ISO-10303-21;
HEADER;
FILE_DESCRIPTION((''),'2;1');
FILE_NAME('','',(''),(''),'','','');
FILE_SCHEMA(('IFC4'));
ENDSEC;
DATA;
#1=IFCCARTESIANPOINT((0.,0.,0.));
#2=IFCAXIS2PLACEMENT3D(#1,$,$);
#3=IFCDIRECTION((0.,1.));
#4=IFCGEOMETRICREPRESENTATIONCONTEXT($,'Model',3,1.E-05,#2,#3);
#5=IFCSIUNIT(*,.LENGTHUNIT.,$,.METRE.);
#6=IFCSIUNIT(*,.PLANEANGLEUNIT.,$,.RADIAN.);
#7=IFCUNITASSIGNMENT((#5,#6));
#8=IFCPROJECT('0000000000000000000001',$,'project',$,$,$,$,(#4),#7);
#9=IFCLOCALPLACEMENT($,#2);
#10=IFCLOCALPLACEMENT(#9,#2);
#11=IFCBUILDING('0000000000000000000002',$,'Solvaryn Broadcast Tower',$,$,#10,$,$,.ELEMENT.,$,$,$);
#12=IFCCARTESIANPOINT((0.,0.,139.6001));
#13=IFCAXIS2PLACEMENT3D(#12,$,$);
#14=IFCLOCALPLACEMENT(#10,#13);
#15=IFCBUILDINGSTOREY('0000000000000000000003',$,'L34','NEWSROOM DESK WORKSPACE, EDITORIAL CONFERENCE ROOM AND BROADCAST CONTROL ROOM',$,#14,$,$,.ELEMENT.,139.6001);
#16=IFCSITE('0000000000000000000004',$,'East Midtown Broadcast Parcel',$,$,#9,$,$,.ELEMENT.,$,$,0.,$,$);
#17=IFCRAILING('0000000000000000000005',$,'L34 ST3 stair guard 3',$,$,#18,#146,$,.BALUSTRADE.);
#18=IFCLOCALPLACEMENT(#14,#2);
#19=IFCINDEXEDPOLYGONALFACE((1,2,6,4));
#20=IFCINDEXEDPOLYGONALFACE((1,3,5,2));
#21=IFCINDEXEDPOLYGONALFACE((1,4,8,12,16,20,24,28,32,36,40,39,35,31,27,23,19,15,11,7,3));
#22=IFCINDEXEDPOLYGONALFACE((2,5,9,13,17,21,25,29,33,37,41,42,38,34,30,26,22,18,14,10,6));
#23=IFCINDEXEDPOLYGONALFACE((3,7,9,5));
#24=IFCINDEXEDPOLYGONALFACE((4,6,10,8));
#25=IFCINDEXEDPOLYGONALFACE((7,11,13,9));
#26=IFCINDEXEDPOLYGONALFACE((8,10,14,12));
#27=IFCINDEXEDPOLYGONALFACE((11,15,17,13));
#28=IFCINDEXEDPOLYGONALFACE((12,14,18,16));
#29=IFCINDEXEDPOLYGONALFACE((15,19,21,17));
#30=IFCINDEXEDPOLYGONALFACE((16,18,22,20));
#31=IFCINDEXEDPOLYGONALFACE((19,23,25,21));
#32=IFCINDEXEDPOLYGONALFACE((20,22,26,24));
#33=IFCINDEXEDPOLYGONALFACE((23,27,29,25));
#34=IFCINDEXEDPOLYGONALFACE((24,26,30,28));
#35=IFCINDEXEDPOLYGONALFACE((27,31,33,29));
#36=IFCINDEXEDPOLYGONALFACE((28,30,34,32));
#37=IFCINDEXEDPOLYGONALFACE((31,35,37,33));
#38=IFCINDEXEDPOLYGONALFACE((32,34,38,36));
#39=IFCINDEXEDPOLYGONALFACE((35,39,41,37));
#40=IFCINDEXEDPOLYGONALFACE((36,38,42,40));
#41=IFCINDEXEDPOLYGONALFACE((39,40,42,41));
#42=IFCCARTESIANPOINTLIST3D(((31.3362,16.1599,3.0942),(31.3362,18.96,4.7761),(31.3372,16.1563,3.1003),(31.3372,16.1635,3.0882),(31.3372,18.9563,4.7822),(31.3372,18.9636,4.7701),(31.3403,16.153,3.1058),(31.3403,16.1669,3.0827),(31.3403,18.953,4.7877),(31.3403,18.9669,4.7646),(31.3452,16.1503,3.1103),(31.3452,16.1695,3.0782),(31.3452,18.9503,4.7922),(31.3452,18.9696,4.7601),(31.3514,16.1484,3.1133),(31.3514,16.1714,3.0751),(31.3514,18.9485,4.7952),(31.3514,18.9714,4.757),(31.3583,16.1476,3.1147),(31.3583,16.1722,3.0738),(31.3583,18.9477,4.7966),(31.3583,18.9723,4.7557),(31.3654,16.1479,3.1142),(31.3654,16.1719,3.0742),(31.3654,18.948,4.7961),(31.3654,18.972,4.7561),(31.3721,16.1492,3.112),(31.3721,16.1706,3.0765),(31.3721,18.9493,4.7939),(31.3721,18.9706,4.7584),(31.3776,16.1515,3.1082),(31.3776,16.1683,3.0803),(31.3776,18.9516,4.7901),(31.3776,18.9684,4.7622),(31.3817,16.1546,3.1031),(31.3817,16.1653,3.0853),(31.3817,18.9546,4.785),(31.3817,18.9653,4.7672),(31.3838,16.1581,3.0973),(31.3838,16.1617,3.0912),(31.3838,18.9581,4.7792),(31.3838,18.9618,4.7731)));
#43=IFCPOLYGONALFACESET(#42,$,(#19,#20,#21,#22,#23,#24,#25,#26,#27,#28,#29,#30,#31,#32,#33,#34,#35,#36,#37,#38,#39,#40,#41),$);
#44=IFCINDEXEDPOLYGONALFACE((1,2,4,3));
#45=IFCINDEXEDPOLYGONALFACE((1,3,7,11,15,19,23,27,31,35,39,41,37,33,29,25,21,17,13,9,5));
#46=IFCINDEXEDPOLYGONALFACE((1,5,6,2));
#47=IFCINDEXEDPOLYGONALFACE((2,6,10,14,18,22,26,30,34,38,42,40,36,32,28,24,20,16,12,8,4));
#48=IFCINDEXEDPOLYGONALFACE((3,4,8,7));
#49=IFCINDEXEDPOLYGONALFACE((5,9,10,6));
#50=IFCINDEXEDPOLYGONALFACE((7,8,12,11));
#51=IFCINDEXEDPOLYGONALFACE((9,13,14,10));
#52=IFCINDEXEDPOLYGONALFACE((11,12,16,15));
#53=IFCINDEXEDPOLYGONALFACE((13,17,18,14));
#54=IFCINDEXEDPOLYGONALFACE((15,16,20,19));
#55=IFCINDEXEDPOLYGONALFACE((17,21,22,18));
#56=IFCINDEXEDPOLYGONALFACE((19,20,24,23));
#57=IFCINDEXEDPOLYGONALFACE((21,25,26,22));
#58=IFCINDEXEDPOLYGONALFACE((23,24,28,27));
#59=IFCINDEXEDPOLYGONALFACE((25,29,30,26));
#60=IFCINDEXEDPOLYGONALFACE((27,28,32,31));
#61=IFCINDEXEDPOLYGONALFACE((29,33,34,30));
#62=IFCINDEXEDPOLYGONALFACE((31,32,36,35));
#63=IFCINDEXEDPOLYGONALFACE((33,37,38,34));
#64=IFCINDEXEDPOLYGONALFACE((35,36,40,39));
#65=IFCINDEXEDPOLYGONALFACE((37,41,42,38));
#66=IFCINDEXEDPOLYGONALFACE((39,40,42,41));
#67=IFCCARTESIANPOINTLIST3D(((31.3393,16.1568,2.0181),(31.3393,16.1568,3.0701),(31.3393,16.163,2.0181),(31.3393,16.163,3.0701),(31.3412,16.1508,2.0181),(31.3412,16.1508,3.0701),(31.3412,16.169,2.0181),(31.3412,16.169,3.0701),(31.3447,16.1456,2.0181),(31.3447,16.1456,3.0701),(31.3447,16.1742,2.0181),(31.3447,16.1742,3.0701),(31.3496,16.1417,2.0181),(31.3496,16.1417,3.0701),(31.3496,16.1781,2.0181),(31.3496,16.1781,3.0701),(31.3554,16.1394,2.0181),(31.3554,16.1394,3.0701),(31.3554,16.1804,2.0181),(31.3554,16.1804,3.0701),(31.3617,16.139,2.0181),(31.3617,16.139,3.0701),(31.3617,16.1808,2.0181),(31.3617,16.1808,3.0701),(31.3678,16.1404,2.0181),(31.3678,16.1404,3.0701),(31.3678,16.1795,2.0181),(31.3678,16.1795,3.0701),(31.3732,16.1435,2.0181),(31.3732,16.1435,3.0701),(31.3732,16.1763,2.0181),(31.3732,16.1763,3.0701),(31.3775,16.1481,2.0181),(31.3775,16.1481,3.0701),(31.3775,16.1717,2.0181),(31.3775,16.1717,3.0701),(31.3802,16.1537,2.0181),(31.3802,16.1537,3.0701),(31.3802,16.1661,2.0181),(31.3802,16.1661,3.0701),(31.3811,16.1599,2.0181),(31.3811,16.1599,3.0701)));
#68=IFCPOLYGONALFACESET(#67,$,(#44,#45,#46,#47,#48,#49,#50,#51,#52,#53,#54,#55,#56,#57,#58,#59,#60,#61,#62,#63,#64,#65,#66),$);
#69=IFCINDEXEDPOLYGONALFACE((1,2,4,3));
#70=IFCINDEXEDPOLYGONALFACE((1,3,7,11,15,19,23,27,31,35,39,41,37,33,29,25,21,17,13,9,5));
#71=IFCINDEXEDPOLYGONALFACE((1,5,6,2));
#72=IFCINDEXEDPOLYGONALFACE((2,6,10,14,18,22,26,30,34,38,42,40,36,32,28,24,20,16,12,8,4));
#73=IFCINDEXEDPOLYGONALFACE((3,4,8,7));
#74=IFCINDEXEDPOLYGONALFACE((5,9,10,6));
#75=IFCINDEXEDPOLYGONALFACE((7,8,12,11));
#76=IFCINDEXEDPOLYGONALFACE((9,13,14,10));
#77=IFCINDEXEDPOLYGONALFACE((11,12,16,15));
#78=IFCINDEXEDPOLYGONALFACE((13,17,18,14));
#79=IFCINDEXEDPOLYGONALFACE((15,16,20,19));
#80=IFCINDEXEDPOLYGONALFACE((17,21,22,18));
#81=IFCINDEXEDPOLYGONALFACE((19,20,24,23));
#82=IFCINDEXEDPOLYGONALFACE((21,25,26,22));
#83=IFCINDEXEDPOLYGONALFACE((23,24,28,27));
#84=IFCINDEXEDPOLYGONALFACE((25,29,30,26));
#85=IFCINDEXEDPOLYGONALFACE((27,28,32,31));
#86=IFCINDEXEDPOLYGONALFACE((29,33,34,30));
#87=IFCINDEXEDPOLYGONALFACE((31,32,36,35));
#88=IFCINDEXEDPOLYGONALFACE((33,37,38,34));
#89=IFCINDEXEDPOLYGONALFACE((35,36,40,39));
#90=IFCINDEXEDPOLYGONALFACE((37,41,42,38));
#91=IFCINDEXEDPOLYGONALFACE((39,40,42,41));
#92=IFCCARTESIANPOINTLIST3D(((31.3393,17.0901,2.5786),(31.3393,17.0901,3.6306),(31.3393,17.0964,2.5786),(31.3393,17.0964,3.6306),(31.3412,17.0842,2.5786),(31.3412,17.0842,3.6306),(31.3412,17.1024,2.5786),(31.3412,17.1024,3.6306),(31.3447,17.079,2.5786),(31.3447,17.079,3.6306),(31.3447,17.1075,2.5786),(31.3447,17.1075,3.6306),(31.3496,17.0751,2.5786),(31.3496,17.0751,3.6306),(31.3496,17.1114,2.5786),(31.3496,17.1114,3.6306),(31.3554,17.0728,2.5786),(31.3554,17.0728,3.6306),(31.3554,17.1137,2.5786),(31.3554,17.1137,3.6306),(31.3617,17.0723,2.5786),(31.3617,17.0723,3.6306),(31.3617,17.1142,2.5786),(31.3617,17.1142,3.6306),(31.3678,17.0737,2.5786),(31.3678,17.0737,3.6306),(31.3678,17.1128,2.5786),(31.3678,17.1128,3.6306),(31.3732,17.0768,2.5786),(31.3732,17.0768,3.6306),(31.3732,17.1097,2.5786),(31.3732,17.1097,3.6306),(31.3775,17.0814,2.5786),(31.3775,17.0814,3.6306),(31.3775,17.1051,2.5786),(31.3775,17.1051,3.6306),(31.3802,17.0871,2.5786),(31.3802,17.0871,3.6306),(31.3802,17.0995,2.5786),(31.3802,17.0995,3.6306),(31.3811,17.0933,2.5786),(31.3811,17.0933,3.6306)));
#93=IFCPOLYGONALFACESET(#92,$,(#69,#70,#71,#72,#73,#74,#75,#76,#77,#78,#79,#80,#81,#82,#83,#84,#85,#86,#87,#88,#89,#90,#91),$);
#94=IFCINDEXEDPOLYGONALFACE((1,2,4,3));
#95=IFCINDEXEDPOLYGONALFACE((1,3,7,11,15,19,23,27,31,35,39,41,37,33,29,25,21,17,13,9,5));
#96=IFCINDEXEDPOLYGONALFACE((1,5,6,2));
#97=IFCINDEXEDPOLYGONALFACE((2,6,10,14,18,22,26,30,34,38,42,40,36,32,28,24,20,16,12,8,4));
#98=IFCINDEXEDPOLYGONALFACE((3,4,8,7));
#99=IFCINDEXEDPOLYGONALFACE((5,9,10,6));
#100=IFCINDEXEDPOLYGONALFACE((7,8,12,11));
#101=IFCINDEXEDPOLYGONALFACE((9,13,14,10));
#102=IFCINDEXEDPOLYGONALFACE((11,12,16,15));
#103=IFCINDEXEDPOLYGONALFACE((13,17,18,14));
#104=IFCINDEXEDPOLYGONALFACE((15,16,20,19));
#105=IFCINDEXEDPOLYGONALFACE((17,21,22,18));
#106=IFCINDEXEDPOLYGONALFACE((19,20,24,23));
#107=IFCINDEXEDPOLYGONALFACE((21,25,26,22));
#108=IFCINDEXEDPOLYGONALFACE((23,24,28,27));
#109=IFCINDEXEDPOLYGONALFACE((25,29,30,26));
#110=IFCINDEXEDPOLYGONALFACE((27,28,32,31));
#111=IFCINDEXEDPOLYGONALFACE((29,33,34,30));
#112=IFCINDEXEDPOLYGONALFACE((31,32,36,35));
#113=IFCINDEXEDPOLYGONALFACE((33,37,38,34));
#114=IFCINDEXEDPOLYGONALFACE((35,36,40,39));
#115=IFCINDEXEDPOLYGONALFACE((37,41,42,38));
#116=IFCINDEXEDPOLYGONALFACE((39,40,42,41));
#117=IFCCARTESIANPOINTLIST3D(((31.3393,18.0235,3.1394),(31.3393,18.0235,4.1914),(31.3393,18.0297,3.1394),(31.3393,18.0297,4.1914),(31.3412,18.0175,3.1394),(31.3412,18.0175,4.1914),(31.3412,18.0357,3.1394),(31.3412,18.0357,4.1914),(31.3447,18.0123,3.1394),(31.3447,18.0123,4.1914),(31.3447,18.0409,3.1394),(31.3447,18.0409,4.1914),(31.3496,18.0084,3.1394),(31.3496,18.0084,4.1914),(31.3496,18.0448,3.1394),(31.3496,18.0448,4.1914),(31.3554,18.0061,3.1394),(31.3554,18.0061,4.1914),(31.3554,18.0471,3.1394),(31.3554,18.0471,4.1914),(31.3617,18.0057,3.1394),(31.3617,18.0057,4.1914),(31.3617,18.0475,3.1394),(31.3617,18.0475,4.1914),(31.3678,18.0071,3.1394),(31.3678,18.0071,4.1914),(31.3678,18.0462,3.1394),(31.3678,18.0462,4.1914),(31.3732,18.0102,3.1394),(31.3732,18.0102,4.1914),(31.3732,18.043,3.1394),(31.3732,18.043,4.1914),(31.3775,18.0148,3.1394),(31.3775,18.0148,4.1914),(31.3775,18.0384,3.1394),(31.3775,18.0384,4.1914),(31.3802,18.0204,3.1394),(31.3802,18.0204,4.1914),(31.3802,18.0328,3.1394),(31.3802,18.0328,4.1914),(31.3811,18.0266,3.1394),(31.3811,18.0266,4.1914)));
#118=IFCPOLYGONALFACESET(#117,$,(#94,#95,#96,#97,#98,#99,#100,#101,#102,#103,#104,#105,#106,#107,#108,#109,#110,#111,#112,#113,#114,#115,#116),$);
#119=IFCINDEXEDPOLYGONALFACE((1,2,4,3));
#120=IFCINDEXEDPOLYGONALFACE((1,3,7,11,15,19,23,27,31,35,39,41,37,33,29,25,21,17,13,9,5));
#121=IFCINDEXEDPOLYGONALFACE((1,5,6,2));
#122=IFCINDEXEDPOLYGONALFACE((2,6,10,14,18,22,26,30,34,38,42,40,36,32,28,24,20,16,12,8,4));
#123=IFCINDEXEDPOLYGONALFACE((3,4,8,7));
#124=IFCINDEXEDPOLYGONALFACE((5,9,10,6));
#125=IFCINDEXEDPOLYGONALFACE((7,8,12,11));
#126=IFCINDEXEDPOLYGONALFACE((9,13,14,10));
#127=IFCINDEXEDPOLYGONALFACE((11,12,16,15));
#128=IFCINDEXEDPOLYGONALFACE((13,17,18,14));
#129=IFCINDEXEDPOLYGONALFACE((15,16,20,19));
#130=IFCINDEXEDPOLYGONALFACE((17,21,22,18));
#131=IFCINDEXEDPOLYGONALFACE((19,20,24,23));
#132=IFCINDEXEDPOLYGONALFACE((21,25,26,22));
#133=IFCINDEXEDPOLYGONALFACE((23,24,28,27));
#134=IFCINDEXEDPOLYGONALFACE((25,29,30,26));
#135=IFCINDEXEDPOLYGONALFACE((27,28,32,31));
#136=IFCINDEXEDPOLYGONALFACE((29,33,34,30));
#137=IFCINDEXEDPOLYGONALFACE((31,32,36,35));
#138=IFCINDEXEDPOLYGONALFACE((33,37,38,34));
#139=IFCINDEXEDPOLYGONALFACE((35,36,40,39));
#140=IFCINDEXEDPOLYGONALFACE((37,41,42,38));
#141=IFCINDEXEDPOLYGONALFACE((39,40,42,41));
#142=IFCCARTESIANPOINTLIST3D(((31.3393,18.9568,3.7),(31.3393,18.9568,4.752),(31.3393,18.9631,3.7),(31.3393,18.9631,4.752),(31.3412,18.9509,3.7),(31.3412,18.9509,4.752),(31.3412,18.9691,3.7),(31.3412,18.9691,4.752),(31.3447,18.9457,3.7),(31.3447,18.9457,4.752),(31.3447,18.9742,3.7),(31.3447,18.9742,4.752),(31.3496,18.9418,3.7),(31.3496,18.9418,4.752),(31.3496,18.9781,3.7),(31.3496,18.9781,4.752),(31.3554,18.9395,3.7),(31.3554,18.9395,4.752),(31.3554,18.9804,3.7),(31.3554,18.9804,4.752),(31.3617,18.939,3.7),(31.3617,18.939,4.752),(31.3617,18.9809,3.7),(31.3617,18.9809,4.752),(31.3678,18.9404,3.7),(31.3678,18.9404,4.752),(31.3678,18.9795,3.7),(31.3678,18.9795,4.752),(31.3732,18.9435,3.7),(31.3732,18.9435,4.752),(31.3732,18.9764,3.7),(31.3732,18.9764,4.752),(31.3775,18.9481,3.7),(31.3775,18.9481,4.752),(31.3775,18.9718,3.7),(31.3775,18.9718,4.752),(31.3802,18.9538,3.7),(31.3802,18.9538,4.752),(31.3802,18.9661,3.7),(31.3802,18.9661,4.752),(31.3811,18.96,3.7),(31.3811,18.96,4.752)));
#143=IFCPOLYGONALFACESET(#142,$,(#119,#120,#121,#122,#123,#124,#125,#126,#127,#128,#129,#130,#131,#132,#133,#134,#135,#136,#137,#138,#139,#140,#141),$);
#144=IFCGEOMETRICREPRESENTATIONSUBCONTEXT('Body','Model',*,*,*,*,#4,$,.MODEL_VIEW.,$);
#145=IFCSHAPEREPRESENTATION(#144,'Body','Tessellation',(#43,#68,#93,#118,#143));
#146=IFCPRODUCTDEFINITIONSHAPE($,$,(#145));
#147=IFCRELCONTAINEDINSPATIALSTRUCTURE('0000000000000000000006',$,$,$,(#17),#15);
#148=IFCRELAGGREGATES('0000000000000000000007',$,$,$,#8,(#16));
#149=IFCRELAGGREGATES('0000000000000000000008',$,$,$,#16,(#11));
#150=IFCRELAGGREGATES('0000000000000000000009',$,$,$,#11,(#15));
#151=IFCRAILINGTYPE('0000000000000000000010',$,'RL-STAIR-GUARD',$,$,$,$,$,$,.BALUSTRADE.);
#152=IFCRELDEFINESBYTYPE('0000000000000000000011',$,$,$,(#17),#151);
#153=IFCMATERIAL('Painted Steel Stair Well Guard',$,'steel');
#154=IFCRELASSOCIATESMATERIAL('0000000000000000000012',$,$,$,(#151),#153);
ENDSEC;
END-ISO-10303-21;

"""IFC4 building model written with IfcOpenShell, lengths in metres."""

from ifc_helpers import new_model, si_unit, direction, frame, origin, origin_2d, place, context, subcontext, project, spatial, circle, extrude, material, type_object, element, save


model = new_model("IFC4")

# Units and contexts
model_context = context("Model", 3, precision=1e-05, world=origin(), true_north=direction((0.0, 1.0)))
body_context = subcontext(model_context, "Body", "Model", "MODEL_VIEW")
ifc_project = project(units=[si_unit("LENGTHUNIT", "METRE"), si_unit("PLANEANGLEUNIT", "RADIAN")], contexts=[model_context])

# Site, building, storey
site_placement = place(None, origin())
site = spatial("IfcSite", under=ifc_project, at=site_placement, Name="East Midtown Broadcast Parcel", CompositionType="ELEMENT", RefElevation=0.0)
building_placement = place(site_placement, origin())
building = spatial("IfcBuilding", under=site, at=building_placement, Name="Solvaryn Broadcast Tower", CompositionType="ELEMENT")
storey_placement = place(building_placement, frame((0.0, 0.0, 139.6001)))
storey = spatial("IfcBuildingStorey", under=building, at=storey_placement, Name="L34", Description="NEWSROOM DESK WORKSPACE, EDITORIAL CONFERENCE ROOM AND BROADCAST CONTROL ROOM", CompositionType="ELEMENT", Elevation=139.6001)

# Railing
ifc_material_1 = material(Name="Painted Steel Stair Well Guard", Category="steel")
railing_type_1 = type_object("IfcRailingType", Name="RL-STAIR-GUARD", PredefinedType="BALUSTRADE", material=ifc_material_1)
railing_1_placement = place(storey_placement, frame((31.3601, 16.1599, 2.0181)))
element("IfcRailing", 1, at=railing_1_placement, inside=storey, type_object=railing_type_1, Name="L34 ST3 stair guard 3", PredefinedType="BALUSTRADE", context=body_context, shape_type="SweptSolid", body=[
    extrude(circle(Radius=0.0239, at=origin_2d()), frame((0.0, 0.0, 1.0762), z_axis=(0.0, 0.857242, 0.514913), x_axis=(-1.0, 0.0, 0.0)), (0.0, 0.0, 1.0), 3.2664),
    extrude(circle(Radius=0.021, at=origin_2d()), origin(), (0.0, 0.0, 1.0), 1.052),
    extrude(circle(Radius=0.021, at=origin_2d()), frame((0.0, 0.9333, 0.5605)), (0.0, 0.0, 1.0), 1.052),
    extrude(circle(Radius=0.021, at=origin_2d()), frame((0.0, 1.8667, 1.1213)), (0.0, 0.0, 1.0), 1.052),
    extrude(circle(Radius=0.021, at=origin_2d()), frame((0.0, 2.8, 1.6819)), (0.0, 0.0, 1.0), 1.052),
])

save(model, "model.ifc")
